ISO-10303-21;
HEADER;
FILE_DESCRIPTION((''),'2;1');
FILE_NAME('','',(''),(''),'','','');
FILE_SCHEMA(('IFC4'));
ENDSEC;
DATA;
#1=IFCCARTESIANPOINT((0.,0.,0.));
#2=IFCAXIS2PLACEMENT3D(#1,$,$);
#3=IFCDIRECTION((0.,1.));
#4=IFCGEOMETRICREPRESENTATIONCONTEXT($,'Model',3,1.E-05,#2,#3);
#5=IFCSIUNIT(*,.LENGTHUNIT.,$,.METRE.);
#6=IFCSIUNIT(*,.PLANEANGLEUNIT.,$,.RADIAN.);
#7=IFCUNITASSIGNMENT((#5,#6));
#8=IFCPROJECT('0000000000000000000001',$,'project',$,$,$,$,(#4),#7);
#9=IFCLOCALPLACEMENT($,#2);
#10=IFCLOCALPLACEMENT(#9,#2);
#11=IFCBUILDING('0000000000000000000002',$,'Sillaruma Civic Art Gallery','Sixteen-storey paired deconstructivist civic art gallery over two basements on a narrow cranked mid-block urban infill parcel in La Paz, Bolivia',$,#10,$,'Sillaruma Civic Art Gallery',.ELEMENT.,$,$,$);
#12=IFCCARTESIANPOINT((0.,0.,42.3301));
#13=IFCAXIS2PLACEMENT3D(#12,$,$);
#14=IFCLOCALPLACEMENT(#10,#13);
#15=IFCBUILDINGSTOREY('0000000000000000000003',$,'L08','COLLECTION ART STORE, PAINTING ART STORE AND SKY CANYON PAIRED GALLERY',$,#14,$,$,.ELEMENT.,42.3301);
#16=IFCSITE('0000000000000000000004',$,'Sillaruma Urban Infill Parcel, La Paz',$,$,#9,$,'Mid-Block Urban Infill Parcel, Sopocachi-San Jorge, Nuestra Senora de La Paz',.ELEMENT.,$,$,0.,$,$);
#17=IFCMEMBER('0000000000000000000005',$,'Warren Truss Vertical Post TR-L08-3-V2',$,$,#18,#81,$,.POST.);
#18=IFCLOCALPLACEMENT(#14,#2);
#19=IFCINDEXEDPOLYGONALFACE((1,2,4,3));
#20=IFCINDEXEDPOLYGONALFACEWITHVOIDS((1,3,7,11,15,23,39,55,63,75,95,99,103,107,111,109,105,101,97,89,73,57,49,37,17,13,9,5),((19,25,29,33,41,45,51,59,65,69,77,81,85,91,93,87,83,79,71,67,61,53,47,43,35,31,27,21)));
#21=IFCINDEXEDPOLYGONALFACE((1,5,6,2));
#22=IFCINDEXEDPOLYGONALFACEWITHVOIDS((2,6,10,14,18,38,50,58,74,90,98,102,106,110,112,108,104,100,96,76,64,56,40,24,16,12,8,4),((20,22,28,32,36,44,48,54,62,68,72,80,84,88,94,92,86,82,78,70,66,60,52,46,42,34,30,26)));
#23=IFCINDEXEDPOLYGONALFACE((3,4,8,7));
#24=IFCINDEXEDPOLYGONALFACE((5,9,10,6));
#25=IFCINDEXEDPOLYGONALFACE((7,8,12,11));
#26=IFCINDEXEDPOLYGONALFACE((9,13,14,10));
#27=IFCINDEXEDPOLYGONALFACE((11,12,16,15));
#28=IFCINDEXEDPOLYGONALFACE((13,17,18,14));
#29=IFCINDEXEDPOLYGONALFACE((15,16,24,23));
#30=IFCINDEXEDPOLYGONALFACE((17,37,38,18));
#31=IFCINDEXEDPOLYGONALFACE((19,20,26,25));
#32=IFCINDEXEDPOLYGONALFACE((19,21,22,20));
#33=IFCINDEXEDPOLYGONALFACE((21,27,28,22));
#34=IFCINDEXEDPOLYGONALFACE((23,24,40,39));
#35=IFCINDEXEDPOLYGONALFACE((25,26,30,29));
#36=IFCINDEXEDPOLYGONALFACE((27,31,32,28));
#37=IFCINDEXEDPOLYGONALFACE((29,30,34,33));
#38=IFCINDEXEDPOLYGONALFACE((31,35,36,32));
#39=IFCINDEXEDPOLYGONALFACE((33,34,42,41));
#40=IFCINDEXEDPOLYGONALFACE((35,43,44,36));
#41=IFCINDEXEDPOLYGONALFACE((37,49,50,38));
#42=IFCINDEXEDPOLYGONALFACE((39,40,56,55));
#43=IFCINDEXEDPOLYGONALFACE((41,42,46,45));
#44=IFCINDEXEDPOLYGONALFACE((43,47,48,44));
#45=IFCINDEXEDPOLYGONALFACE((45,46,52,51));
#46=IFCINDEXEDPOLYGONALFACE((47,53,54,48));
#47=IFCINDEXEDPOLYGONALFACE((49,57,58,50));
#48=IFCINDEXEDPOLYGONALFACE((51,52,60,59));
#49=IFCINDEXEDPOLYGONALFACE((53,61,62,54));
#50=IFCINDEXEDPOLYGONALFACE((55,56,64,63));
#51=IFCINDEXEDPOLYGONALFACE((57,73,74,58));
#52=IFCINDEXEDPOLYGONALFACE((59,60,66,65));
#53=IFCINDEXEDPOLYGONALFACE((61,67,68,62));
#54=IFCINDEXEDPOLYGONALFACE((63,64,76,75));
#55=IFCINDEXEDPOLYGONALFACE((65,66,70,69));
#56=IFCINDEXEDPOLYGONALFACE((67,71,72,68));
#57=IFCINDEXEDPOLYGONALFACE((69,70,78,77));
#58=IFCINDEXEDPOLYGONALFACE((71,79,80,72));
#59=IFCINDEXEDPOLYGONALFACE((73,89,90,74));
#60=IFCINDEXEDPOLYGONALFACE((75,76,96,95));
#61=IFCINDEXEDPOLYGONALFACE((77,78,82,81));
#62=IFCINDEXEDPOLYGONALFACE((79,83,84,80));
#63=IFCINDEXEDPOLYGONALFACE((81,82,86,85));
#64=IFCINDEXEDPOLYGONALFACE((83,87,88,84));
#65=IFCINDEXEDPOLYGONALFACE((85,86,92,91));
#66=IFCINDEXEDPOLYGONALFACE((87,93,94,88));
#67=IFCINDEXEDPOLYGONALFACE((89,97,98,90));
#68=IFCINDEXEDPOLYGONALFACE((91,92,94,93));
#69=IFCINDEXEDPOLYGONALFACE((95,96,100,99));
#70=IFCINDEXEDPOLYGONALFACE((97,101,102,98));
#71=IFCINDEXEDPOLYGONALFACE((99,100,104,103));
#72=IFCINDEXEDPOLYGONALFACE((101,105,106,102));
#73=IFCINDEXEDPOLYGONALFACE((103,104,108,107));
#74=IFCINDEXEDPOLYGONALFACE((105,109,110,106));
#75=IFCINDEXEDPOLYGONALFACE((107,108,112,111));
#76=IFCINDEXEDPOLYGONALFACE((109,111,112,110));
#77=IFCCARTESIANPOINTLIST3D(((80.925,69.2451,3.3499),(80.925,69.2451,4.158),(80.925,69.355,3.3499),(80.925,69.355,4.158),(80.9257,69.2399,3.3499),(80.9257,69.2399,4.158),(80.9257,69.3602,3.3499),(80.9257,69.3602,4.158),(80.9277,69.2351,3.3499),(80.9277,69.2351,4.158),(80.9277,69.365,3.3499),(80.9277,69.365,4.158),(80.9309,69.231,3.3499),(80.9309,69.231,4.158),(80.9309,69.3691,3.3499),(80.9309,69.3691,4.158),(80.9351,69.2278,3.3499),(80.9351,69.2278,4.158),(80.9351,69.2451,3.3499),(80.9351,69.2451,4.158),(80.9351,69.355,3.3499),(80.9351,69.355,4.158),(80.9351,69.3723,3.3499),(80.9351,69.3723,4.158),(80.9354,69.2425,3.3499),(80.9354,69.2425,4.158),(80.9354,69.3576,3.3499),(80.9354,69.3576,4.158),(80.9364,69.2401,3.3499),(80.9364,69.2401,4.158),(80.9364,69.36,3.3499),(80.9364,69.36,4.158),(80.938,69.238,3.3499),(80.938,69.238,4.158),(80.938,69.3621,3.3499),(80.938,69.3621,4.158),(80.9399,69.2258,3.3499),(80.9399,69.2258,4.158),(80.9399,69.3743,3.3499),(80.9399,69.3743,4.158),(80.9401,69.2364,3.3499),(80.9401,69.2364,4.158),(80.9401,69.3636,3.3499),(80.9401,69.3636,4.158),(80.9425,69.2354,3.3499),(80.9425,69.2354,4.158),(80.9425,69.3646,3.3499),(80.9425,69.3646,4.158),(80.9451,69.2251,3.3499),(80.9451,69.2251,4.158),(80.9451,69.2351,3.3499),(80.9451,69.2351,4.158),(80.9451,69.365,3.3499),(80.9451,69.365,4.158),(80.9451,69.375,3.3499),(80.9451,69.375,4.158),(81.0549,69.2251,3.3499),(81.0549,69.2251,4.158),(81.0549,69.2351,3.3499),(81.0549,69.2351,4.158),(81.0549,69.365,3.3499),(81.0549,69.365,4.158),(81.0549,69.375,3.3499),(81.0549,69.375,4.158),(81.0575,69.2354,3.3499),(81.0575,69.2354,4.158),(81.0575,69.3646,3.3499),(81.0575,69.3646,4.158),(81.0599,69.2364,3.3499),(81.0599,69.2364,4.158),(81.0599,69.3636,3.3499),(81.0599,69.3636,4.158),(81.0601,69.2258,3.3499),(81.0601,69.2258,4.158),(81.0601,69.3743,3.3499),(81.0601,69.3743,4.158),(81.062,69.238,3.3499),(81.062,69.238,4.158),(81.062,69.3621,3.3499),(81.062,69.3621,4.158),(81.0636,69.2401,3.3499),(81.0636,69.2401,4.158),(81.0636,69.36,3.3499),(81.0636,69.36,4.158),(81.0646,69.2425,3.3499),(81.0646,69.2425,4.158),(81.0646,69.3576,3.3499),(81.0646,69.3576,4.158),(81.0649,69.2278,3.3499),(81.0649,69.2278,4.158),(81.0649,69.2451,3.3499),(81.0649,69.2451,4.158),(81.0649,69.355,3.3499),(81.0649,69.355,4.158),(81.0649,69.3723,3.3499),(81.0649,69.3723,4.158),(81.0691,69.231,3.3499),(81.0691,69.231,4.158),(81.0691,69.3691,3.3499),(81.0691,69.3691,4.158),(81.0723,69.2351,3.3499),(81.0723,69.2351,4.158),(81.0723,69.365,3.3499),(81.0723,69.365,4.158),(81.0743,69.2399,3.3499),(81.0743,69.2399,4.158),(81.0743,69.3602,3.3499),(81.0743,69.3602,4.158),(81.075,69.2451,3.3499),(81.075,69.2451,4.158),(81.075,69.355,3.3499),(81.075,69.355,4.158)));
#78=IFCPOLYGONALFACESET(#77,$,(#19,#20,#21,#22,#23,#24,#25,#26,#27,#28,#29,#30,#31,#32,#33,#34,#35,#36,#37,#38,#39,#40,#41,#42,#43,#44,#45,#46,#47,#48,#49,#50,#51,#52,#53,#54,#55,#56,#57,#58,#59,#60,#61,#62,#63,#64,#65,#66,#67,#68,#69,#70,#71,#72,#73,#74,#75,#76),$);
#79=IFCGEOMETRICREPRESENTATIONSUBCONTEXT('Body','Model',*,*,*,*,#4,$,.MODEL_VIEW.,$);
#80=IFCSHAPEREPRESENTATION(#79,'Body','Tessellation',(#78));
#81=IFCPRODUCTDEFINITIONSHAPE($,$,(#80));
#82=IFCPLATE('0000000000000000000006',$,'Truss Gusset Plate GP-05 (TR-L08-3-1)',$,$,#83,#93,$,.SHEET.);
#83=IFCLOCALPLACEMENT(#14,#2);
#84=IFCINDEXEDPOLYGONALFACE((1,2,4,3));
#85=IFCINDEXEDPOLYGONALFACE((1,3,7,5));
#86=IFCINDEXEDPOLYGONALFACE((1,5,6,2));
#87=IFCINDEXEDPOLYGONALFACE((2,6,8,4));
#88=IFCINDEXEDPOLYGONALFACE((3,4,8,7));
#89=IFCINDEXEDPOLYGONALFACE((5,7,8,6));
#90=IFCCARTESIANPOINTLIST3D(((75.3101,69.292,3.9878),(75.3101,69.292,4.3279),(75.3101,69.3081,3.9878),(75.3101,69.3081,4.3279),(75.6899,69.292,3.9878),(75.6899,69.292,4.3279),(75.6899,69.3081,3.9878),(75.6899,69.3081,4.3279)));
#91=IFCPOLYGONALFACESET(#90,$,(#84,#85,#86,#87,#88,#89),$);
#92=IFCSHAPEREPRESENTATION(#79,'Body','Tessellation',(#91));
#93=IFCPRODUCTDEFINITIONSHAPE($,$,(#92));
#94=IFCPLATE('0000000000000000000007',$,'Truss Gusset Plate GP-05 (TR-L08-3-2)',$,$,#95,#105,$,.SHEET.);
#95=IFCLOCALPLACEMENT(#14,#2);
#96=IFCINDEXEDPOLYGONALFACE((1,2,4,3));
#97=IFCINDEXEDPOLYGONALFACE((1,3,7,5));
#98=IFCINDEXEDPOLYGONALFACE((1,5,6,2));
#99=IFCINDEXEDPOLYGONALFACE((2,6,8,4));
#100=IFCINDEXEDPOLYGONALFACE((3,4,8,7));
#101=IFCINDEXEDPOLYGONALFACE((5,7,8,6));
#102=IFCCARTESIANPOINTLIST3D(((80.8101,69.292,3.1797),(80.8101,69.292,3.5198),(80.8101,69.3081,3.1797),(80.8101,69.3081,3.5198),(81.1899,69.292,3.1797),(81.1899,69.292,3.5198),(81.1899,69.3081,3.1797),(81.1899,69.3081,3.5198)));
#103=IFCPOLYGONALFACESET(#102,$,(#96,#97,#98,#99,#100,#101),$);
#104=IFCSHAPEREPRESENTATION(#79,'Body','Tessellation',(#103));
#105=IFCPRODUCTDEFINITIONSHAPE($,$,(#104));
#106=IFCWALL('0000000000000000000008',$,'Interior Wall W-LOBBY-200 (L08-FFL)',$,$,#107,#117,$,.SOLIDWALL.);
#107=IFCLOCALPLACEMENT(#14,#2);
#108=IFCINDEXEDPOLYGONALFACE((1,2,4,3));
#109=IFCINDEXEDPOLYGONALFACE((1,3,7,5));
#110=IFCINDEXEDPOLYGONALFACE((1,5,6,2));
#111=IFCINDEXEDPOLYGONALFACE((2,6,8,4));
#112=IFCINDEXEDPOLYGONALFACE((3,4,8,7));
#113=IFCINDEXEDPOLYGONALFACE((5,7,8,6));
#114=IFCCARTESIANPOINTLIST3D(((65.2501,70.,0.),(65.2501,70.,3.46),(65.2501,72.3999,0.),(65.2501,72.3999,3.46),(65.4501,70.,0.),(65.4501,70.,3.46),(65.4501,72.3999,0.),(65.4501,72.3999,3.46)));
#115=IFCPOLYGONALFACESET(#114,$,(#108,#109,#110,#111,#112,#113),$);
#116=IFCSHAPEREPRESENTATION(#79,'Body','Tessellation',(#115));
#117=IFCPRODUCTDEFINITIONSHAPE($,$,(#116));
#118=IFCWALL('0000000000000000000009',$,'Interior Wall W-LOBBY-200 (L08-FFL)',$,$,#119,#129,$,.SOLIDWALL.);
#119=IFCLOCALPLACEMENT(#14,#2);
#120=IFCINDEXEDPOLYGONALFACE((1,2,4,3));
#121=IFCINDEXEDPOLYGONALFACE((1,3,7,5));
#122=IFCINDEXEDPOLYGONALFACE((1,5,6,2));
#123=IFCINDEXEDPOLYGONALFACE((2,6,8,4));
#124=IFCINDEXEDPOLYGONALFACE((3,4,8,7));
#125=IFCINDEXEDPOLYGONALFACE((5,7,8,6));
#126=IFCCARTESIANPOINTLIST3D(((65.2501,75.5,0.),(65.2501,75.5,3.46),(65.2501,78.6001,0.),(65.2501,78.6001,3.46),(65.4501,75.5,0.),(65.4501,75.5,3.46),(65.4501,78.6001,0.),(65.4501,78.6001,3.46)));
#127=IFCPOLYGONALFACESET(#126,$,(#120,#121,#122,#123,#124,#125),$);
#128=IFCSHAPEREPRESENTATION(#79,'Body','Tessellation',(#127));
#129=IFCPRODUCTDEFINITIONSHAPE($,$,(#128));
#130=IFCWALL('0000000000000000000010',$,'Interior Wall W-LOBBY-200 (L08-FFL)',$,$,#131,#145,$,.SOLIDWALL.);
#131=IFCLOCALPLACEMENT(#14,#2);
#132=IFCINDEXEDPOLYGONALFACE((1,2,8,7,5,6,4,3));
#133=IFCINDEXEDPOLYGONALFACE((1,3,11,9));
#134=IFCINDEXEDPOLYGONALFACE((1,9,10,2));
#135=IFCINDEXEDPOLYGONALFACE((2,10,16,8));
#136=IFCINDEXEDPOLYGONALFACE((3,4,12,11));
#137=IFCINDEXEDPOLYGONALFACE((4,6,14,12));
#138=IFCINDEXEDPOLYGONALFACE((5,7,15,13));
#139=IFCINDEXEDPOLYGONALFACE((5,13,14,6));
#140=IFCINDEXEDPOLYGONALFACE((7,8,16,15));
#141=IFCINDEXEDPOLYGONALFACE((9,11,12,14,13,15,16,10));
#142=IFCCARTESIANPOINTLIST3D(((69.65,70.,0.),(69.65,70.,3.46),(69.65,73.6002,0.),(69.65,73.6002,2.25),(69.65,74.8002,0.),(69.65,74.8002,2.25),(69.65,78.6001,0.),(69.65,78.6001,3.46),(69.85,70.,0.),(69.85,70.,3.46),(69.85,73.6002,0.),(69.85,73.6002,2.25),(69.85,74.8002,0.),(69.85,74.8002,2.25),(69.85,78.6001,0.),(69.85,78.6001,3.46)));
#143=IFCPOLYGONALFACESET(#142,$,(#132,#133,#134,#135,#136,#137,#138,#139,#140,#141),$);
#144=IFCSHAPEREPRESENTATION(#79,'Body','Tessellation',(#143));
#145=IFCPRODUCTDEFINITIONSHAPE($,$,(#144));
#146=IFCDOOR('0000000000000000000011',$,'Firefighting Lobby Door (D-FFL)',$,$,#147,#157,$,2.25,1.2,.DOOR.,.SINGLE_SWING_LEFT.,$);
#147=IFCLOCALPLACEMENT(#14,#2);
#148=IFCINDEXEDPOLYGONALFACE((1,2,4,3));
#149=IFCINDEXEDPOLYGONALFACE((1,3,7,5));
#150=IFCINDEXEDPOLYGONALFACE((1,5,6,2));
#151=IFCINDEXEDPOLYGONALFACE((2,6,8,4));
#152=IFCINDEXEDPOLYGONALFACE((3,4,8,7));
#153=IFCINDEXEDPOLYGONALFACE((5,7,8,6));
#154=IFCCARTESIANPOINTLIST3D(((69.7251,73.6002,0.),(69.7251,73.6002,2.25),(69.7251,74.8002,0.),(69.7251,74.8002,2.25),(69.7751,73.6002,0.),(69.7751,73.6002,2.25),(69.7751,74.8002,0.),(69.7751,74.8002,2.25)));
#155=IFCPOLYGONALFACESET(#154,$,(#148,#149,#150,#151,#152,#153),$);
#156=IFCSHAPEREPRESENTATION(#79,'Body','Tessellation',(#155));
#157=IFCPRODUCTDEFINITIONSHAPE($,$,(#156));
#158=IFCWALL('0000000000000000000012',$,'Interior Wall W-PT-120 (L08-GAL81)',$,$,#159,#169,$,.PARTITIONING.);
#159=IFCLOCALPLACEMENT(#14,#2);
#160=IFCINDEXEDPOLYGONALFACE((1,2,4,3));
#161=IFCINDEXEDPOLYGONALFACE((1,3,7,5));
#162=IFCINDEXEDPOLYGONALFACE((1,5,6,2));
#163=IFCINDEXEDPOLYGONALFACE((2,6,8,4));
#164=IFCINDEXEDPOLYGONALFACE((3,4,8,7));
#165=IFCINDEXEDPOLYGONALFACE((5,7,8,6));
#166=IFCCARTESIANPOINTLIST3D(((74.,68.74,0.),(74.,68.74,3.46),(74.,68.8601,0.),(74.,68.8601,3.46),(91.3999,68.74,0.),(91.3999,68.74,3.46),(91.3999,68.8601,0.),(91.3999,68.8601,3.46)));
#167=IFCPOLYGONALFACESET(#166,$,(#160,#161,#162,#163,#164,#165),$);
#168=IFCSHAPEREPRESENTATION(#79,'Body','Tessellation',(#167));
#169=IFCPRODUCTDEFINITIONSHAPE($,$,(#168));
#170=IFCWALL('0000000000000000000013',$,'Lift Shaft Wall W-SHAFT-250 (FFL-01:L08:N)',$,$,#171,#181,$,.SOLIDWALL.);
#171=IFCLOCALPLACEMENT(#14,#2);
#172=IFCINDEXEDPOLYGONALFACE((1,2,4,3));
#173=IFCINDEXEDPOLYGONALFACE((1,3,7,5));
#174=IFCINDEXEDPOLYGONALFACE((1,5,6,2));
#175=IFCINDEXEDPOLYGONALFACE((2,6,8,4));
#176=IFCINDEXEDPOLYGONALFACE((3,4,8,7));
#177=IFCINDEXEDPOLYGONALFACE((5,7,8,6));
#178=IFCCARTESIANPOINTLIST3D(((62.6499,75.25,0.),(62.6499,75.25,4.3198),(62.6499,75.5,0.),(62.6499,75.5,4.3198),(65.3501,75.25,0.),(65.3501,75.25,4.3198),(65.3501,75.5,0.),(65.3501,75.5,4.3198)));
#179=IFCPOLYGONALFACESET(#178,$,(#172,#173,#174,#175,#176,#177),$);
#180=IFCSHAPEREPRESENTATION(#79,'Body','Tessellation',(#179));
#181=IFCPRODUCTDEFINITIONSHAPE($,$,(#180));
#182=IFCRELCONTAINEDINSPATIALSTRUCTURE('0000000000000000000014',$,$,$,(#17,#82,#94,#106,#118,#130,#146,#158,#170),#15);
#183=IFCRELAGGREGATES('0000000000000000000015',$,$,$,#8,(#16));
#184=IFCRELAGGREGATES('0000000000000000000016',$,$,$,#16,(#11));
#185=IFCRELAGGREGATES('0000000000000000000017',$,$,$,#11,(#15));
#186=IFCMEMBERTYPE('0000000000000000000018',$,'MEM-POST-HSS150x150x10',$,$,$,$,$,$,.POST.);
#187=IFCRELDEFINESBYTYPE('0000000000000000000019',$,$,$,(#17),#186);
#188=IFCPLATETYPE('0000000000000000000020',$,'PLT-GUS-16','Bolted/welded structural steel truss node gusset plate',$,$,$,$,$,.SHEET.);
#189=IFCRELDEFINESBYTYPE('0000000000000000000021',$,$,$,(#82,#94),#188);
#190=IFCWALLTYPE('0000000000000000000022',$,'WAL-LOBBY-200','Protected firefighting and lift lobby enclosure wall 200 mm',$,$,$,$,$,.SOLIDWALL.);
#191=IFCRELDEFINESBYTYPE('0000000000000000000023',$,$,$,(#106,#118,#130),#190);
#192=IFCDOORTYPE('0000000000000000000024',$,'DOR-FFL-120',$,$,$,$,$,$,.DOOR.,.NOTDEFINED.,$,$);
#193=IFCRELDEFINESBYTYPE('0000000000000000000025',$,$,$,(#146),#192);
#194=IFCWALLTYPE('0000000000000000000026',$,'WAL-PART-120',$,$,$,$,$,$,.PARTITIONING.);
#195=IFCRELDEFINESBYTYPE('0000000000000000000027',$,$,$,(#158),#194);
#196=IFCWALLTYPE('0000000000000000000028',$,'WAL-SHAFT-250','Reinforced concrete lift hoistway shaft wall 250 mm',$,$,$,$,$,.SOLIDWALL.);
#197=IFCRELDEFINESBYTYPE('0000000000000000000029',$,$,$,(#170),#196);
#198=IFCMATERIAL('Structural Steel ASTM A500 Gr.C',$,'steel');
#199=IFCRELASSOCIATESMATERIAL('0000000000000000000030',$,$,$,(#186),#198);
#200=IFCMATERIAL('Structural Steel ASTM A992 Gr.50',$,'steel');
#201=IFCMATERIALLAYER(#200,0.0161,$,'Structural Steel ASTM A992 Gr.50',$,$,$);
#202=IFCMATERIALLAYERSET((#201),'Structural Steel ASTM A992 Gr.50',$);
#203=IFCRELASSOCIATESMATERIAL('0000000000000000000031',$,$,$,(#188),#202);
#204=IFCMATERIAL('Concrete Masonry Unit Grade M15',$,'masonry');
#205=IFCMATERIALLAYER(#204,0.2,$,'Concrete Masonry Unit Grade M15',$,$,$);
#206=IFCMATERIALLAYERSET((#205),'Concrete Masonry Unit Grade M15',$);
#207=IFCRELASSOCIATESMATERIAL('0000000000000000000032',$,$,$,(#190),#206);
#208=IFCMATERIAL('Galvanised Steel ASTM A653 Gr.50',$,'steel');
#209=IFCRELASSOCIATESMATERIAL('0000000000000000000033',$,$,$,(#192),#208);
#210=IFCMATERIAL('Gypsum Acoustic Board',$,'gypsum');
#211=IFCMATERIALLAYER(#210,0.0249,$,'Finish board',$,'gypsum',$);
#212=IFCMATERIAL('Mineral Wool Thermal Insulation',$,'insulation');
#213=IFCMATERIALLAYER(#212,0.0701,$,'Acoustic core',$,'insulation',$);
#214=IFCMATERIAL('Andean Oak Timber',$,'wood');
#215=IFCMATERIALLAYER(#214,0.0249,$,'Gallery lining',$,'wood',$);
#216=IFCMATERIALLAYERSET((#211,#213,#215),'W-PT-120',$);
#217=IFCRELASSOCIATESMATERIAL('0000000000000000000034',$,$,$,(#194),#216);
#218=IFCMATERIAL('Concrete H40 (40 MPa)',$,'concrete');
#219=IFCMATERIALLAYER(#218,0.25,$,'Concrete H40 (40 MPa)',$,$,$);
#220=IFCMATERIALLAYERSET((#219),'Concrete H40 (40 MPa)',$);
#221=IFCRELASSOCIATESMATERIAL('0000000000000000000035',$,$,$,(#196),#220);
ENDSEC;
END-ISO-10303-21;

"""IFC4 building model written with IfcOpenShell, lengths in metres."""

from ifc_helpers import new_model, si_unit, direction, frame, frame_2d, origin, origin_2d, place, context, subcontext, project, spatial, rectangle, hollow_rectangle, extrude, material, layer, layer_set, material_profile, profile_set, type_object, element, fill, save


model = new_model("IFC4")

# Units and contexts
model_context = context("Model", 3, precision=1e-05, world=origin(), true_north=direction((0.0, 1.0)))
body_context = subcontext(model_context, "Body", "Model", "MODEL_VIEW")
ifc_project = project(units=[si_unit("LENGTHUNIT", "METRE"), si_unit("PLANEANGLEUNIT", "RADIAN")], contexts=[model_context])

# Site, building, storey
site_placement = place(None, origin())
site = spatial("IfcSite", under=ifc_project, at=site_placement, Name="Sillaruma Urban Infill Parcel, La Paz", LongName="Mid-Block Urban Infill Parcel, Sopocachi-San Jorge, Nuestra Senora de La Paz", CompositionType="ELEMENT", RefElevation=0.0)
building_placement = place(site_placement, origin())
building = spatial("IfcBuilding", under=site, at=building_placement, Name="Sillaruma Civic Art Gallery", Description="Sixteen-storey paired deconstructivist civic art gallery over two basements on a narrow cranked mid-block urban infill parcel in La Paz, Bolivia", LongName="Sillaruma Civic Art Gallery", CompositionType="ELEMENT")
storey_placement = place(building_placement, frame((0.0, 0.0, 42.3301)))
storey = spatial("IfcBuildingStorey", under=building, at=storey_placement, Name="L08", Description="COLLECTION ART STORE, PAINTING ART STORE AND SKY CANYON PAIRED GALLERY", CompositionType="ELEMENT", Elevation=42.3301)

# Shared definitions
ifc_material_1 = material(Name="Concrete H40 (40 MPa)", Category="concrete")

# Shared definitions
ifc_material_2 = material(Name="Structural Steel ASTM A992 Gr.50", Category="steel")

# Member
ifc_material_3 = material(Name="Structural Steel ASTM A500 Gr.C", Category="steel")
ifc_material_profile_1 = material_profile(ifc_material_3, hollow_rectangle(XDim=0.1499, YDim=0.1499, WallThickness=0.01, InnerFilletRadius=0.01, OuterFilletRadius=0.02, at=origin_2d()), Name="HSS150x150x10")
ifc_profile_set_1 = profile_set([ifc_material_profile_1], Name="Structural Steel ASTM A500 Gr.C")
member_type_1 = type_object("IfcMemberType", Name="MEM-POST-HSS150x150x10", PredefinedType="POST", material=ifc_profile_set_1)
for number, where, z_axis, x_axis, name in (
    (1, (81.0, 69.3, 3.3499), (0.0, 0.0, 1.0), (1.0, 0.0, 0.0), "Warren Truss Vertical Post TR-L08-3-V2"),
):
    element("IfcMember", number, at=place(storey_placement, frame(where, z_axis=z_axis, x_axis=x_axis)), inside=storey, type_object=member_type_1, Name=name, PredefinedType="POST", context=body_context, shape_type="SweptSolid", body=[
        extrude(hollow_rectangle(XDim=0.1499, YDim=0.1499, WallThickness=0.01, InnerFilletRadius=0.01, OuterFilletRadius=0.02, at=origin_2d()), origin(), (0.0, 0.0, 1.0), 0.8081),
    ])

# Plates
ifc_layer_1 = layer(ifc_material_2, 0.0161, Name="Structural Steel ASTM A992 Gr.50")
ifc_layer_set_1 = layer_set([ifc_layer_1], Name="Structural Steel ASTM A992 Gr.50")
plate_type = type_object("IfcPlateType", Name="PLT-GUS-16", Description="Bolted/welded structural steel truss node gusset plate", PredefinedType="SHEET", material=ifc_layer_set_1)
for number, where, z_axis, x_axis, name in (
    (2, (75.5, 69.3, 3.9878), (0.0, 0.0, 1.0), (1.0, 0.0, 0.0), "Truss Gusset Plate GP-05 (TR-L08-3-1)"),
    (3, (81.0, 69.3, 3.1797), (0.0, 0.0, 1.0), (1.0, 0.0, 0.0), "Truss Gusset Plate GP-05 (TR-L08-3-2)"),
):
    element("IfcPlate", number, at=place(storey_placement, frame(where, z_axis=z_axis, x_axis=x_axis)), inside=storey, type_object=plate_type, Name=name, PredefinedType="SHEET", context=body_context, shape_type="SweptSolid", body=[
        extrude(rectangle(XDim=0.3799, YDim=0.0161, at=origin_2d()), origin(), (0.0, 0.0, 1.0), 0.3401),
    ])

# Walls
ifc_material_4 = material(Name="Concrete Masonry Unit Grade M15", Category="masonry")
ifc_layer_2 = layer(ifc_material_4, 0.2, Name="Concrete Masonry Unit Grade M15")
ifc_layer_set_2 = layer_set([ifc_layer_2], Name="Concrete Masonry Unit Grade M15")
wall_type_1 = type_object("IfcWallType", Name="WAL-LOBBY-200", Description="Protected firefighting and lift lobby enclosure wall 200 mm", PredefinedType="SOLIDWALL", material=ifc_layer_set_2)
wall_1_placement = place(storey_placement, frame((65.3501, 70.0, 0.0), z_axis=(0.0, 0.0, 1.0), x_axis=(0.0, 1.0, 0.0)))
element("IfcWall", 4, at=wall_1_placement, inside=storey, type_object=wall_type_1, Name="Interior Wall W-LOBBY-200 (L08-FFL)", PredefinedType="SOLIDWALL", context=body_context, shape_type="SweptSolid", body=[
    extrude(rectangle(XDim=2.3999, YDim=0.2, at=frame_2d((1.2, 0.0))), origin(), (0.0, 0.0, 1.0), 3.46),
])
wall_2_placement = place(storey_placement, frame((65.3501, 75.5, 0.0), z_axis=(0.0, 0.0, 1.0), x_axis=(0.0, 1.0, 0.0)))
element("IfcWall", 5, at=wall_2_placement, inside=storey, type_object=wall_type_1, Name="Interior Wall W-LOBBY-200 (L08-FFL)", PredefinedType="SOLIDWALL", context=body_context, shape_type="SweptSolid", body=[
    extrude(rectangle(XDim=3.1001, YDim=0.2, at=frame_2d((1.55, 0.0))), origin(), (0.0, 0.0, 1.0), 3.46),
])

# Wall, opening, door
wall_3_placement = place(storey_placement, frame((69.75, 70.0, 0.0), z_axis=(0.0, 0.0, 1.0), x_axis=(0.0, 1.0, 0.0)))
wall_3 = element("IfcWall", 6, at=wall_3_placement, inside=storey, type_object=wall_type_1, Name="Interior Wall W-LOBBY-200 (L08-FFL)", PredefinedType="SOLIDWALL", context=body_context, shape_type="SweptSolid", body=[
    extrude(rectangle(XDim=8.6001, YDim=0.2, at=frame_2d((4.3, 0.0))), origin(), (0.0, 0.0, 1.0), 3.46),
])
opening_1_placement = place(wall_3_placement, frame((3.6001, 0.0, 0.0)))
opening_1 = element("IfcOpeningElement", 7, at=opening_1_placement, cuts=wall_3, PredefinedType="OPENING", context=body_context, shape_type="SweptSolid", body=[
    extrude(rectangle(XDim=1.2, YDim=2.25, at=frame_2d((0.6001, 1.125))), frame((0.0, 0.1099, 0.0), z_axis=(0.0, -1.0, 0.0), x_axis=(1.0, 0.0, 0.0)), (0.0, 0.0, 1.0), 0.22),
])
ifc_material_5 = material(Name="Galvanised Steel ASTM A653 Gr.50", Category="steel")
door_type_1 = type_object("IfcDoorType", Name="DOR-FFL-120", OperationType="NOTDEFINED", PredefinedType="DOOR", material=ifc_material_5)
door_1_placement = place(opening_1_placement, origin())
door_1 = element("IfcDoor", 8, at=door_1_placement, inside=storey, type_object=door_type_1, Name="Firefighting Lobby Door (D-FFL)", OperationType="SINGLE_SWING_LEFT", OverallHeight=2.25, OverallWidth=1.2, PredefinedType="DOOR", context=body_context, shape_type="SweptSolid", body=[
    extrude(rectangle(XDim=1.2, YDim=2.25, at=frame_2d((0.6001, 1.125))), frame((0.0, 0.0249, 0.0), z_axis=(0.0, -1.0, 0.0), x_axis=(1.0, 0.0, 0.0)), (0.0, 0.0, 1.0), 0.05),
])
fill(opening_1, door_1)

# Walls
ifc_material_6 = material(Name="Gypsum Acoustic Board", Category="gypsum")
ifc_layer_3 = layer(ifc_material_6, 0.0249, Name="Finish board", Category="gypsum")
ifc_material_7 = material(Name="Mineral Wool Thermal Insulation", Category="insulation")
ifc_layer_4 = layer(ifc_material_7, 0.0701, Name="Acoustic core", Category="insulation")
ifc_material_8 = material(Name="Andean Oak Timber", Category="wood")
ifc_layer_5 = layer(ifc_material_8, 0.0249, Name="Gallery lining", Category="wood")
ifc_layer_set_3 = layer_set([ifc_layer_3, ifc_layer_4, ifc_layer_5], Name="W-PT-120")
wall_type_2 = type_object("IfcWallType", Name="WAL-PART-120", PredefinedType="PARTITIONING", material=ifc_layer_set_3)
wall_4_placement = place(storey_placement, frame((74.0, 68.8, 0.0), z_axis=(0.0, 0.0, 1.0), x_axis=(1.0, 0.0, 0.0)))
element("IfcWall", 9, at=wall_4_placement, inside=storey, type_object=wall_type_2, Name="Interior Wall W-PT-120 (L08-GAL81)", PredefinedType="PARTITIONING", context=body_context, shape_type="SweptSolid", body=[
    extrude(rectangle(XDim=17.3999, YDim=0.1201, at=frame_2d((8.7, 0.0))), origin(), (0.0, 0.0, 1.0), 3.46),
])
ifc_layer_6 = layer(ifc_material_1, 0.25, Name="Concrete H40 (40 MPa)")
ifc_layer_set_4 = layer_set([ifc_layer_6], Name="Concrete H40 (40 MPa)")
wall_type_3 = type_object("IfcWallType", Name="WAL-SHAFT-250", Description="Reinforced concrete lift hoistway shaft wall 250 mm", PredefinedType="SOLIDWALL", material=ifc_layer_set_4)
wall_5_placement = place(storey_placement, frame((62.6499, 75.375, 0.0), z_axis=(0.0, 0.0, 1.0), x_axis=(1.0, 0.0, 0.0)))
element("IfcWall", 10, at=wall_5_placement, inside=storey, type_object=wall_type_3, Name="Lift Shaft Wall W-SHAFT-250 (FFL-01:L08:N)", PredefinedType="SOLIDWALL", context=body_context, shape_type="SweptSolid", body=[
    extrude(rectangle(XDim=2.7002, YDim=0.25, at=frame_2d((1.3501, 0.0))), origin(), (0.0, 0.0, 1.0), 4.3198),
])

save(model, "model.ifc")
